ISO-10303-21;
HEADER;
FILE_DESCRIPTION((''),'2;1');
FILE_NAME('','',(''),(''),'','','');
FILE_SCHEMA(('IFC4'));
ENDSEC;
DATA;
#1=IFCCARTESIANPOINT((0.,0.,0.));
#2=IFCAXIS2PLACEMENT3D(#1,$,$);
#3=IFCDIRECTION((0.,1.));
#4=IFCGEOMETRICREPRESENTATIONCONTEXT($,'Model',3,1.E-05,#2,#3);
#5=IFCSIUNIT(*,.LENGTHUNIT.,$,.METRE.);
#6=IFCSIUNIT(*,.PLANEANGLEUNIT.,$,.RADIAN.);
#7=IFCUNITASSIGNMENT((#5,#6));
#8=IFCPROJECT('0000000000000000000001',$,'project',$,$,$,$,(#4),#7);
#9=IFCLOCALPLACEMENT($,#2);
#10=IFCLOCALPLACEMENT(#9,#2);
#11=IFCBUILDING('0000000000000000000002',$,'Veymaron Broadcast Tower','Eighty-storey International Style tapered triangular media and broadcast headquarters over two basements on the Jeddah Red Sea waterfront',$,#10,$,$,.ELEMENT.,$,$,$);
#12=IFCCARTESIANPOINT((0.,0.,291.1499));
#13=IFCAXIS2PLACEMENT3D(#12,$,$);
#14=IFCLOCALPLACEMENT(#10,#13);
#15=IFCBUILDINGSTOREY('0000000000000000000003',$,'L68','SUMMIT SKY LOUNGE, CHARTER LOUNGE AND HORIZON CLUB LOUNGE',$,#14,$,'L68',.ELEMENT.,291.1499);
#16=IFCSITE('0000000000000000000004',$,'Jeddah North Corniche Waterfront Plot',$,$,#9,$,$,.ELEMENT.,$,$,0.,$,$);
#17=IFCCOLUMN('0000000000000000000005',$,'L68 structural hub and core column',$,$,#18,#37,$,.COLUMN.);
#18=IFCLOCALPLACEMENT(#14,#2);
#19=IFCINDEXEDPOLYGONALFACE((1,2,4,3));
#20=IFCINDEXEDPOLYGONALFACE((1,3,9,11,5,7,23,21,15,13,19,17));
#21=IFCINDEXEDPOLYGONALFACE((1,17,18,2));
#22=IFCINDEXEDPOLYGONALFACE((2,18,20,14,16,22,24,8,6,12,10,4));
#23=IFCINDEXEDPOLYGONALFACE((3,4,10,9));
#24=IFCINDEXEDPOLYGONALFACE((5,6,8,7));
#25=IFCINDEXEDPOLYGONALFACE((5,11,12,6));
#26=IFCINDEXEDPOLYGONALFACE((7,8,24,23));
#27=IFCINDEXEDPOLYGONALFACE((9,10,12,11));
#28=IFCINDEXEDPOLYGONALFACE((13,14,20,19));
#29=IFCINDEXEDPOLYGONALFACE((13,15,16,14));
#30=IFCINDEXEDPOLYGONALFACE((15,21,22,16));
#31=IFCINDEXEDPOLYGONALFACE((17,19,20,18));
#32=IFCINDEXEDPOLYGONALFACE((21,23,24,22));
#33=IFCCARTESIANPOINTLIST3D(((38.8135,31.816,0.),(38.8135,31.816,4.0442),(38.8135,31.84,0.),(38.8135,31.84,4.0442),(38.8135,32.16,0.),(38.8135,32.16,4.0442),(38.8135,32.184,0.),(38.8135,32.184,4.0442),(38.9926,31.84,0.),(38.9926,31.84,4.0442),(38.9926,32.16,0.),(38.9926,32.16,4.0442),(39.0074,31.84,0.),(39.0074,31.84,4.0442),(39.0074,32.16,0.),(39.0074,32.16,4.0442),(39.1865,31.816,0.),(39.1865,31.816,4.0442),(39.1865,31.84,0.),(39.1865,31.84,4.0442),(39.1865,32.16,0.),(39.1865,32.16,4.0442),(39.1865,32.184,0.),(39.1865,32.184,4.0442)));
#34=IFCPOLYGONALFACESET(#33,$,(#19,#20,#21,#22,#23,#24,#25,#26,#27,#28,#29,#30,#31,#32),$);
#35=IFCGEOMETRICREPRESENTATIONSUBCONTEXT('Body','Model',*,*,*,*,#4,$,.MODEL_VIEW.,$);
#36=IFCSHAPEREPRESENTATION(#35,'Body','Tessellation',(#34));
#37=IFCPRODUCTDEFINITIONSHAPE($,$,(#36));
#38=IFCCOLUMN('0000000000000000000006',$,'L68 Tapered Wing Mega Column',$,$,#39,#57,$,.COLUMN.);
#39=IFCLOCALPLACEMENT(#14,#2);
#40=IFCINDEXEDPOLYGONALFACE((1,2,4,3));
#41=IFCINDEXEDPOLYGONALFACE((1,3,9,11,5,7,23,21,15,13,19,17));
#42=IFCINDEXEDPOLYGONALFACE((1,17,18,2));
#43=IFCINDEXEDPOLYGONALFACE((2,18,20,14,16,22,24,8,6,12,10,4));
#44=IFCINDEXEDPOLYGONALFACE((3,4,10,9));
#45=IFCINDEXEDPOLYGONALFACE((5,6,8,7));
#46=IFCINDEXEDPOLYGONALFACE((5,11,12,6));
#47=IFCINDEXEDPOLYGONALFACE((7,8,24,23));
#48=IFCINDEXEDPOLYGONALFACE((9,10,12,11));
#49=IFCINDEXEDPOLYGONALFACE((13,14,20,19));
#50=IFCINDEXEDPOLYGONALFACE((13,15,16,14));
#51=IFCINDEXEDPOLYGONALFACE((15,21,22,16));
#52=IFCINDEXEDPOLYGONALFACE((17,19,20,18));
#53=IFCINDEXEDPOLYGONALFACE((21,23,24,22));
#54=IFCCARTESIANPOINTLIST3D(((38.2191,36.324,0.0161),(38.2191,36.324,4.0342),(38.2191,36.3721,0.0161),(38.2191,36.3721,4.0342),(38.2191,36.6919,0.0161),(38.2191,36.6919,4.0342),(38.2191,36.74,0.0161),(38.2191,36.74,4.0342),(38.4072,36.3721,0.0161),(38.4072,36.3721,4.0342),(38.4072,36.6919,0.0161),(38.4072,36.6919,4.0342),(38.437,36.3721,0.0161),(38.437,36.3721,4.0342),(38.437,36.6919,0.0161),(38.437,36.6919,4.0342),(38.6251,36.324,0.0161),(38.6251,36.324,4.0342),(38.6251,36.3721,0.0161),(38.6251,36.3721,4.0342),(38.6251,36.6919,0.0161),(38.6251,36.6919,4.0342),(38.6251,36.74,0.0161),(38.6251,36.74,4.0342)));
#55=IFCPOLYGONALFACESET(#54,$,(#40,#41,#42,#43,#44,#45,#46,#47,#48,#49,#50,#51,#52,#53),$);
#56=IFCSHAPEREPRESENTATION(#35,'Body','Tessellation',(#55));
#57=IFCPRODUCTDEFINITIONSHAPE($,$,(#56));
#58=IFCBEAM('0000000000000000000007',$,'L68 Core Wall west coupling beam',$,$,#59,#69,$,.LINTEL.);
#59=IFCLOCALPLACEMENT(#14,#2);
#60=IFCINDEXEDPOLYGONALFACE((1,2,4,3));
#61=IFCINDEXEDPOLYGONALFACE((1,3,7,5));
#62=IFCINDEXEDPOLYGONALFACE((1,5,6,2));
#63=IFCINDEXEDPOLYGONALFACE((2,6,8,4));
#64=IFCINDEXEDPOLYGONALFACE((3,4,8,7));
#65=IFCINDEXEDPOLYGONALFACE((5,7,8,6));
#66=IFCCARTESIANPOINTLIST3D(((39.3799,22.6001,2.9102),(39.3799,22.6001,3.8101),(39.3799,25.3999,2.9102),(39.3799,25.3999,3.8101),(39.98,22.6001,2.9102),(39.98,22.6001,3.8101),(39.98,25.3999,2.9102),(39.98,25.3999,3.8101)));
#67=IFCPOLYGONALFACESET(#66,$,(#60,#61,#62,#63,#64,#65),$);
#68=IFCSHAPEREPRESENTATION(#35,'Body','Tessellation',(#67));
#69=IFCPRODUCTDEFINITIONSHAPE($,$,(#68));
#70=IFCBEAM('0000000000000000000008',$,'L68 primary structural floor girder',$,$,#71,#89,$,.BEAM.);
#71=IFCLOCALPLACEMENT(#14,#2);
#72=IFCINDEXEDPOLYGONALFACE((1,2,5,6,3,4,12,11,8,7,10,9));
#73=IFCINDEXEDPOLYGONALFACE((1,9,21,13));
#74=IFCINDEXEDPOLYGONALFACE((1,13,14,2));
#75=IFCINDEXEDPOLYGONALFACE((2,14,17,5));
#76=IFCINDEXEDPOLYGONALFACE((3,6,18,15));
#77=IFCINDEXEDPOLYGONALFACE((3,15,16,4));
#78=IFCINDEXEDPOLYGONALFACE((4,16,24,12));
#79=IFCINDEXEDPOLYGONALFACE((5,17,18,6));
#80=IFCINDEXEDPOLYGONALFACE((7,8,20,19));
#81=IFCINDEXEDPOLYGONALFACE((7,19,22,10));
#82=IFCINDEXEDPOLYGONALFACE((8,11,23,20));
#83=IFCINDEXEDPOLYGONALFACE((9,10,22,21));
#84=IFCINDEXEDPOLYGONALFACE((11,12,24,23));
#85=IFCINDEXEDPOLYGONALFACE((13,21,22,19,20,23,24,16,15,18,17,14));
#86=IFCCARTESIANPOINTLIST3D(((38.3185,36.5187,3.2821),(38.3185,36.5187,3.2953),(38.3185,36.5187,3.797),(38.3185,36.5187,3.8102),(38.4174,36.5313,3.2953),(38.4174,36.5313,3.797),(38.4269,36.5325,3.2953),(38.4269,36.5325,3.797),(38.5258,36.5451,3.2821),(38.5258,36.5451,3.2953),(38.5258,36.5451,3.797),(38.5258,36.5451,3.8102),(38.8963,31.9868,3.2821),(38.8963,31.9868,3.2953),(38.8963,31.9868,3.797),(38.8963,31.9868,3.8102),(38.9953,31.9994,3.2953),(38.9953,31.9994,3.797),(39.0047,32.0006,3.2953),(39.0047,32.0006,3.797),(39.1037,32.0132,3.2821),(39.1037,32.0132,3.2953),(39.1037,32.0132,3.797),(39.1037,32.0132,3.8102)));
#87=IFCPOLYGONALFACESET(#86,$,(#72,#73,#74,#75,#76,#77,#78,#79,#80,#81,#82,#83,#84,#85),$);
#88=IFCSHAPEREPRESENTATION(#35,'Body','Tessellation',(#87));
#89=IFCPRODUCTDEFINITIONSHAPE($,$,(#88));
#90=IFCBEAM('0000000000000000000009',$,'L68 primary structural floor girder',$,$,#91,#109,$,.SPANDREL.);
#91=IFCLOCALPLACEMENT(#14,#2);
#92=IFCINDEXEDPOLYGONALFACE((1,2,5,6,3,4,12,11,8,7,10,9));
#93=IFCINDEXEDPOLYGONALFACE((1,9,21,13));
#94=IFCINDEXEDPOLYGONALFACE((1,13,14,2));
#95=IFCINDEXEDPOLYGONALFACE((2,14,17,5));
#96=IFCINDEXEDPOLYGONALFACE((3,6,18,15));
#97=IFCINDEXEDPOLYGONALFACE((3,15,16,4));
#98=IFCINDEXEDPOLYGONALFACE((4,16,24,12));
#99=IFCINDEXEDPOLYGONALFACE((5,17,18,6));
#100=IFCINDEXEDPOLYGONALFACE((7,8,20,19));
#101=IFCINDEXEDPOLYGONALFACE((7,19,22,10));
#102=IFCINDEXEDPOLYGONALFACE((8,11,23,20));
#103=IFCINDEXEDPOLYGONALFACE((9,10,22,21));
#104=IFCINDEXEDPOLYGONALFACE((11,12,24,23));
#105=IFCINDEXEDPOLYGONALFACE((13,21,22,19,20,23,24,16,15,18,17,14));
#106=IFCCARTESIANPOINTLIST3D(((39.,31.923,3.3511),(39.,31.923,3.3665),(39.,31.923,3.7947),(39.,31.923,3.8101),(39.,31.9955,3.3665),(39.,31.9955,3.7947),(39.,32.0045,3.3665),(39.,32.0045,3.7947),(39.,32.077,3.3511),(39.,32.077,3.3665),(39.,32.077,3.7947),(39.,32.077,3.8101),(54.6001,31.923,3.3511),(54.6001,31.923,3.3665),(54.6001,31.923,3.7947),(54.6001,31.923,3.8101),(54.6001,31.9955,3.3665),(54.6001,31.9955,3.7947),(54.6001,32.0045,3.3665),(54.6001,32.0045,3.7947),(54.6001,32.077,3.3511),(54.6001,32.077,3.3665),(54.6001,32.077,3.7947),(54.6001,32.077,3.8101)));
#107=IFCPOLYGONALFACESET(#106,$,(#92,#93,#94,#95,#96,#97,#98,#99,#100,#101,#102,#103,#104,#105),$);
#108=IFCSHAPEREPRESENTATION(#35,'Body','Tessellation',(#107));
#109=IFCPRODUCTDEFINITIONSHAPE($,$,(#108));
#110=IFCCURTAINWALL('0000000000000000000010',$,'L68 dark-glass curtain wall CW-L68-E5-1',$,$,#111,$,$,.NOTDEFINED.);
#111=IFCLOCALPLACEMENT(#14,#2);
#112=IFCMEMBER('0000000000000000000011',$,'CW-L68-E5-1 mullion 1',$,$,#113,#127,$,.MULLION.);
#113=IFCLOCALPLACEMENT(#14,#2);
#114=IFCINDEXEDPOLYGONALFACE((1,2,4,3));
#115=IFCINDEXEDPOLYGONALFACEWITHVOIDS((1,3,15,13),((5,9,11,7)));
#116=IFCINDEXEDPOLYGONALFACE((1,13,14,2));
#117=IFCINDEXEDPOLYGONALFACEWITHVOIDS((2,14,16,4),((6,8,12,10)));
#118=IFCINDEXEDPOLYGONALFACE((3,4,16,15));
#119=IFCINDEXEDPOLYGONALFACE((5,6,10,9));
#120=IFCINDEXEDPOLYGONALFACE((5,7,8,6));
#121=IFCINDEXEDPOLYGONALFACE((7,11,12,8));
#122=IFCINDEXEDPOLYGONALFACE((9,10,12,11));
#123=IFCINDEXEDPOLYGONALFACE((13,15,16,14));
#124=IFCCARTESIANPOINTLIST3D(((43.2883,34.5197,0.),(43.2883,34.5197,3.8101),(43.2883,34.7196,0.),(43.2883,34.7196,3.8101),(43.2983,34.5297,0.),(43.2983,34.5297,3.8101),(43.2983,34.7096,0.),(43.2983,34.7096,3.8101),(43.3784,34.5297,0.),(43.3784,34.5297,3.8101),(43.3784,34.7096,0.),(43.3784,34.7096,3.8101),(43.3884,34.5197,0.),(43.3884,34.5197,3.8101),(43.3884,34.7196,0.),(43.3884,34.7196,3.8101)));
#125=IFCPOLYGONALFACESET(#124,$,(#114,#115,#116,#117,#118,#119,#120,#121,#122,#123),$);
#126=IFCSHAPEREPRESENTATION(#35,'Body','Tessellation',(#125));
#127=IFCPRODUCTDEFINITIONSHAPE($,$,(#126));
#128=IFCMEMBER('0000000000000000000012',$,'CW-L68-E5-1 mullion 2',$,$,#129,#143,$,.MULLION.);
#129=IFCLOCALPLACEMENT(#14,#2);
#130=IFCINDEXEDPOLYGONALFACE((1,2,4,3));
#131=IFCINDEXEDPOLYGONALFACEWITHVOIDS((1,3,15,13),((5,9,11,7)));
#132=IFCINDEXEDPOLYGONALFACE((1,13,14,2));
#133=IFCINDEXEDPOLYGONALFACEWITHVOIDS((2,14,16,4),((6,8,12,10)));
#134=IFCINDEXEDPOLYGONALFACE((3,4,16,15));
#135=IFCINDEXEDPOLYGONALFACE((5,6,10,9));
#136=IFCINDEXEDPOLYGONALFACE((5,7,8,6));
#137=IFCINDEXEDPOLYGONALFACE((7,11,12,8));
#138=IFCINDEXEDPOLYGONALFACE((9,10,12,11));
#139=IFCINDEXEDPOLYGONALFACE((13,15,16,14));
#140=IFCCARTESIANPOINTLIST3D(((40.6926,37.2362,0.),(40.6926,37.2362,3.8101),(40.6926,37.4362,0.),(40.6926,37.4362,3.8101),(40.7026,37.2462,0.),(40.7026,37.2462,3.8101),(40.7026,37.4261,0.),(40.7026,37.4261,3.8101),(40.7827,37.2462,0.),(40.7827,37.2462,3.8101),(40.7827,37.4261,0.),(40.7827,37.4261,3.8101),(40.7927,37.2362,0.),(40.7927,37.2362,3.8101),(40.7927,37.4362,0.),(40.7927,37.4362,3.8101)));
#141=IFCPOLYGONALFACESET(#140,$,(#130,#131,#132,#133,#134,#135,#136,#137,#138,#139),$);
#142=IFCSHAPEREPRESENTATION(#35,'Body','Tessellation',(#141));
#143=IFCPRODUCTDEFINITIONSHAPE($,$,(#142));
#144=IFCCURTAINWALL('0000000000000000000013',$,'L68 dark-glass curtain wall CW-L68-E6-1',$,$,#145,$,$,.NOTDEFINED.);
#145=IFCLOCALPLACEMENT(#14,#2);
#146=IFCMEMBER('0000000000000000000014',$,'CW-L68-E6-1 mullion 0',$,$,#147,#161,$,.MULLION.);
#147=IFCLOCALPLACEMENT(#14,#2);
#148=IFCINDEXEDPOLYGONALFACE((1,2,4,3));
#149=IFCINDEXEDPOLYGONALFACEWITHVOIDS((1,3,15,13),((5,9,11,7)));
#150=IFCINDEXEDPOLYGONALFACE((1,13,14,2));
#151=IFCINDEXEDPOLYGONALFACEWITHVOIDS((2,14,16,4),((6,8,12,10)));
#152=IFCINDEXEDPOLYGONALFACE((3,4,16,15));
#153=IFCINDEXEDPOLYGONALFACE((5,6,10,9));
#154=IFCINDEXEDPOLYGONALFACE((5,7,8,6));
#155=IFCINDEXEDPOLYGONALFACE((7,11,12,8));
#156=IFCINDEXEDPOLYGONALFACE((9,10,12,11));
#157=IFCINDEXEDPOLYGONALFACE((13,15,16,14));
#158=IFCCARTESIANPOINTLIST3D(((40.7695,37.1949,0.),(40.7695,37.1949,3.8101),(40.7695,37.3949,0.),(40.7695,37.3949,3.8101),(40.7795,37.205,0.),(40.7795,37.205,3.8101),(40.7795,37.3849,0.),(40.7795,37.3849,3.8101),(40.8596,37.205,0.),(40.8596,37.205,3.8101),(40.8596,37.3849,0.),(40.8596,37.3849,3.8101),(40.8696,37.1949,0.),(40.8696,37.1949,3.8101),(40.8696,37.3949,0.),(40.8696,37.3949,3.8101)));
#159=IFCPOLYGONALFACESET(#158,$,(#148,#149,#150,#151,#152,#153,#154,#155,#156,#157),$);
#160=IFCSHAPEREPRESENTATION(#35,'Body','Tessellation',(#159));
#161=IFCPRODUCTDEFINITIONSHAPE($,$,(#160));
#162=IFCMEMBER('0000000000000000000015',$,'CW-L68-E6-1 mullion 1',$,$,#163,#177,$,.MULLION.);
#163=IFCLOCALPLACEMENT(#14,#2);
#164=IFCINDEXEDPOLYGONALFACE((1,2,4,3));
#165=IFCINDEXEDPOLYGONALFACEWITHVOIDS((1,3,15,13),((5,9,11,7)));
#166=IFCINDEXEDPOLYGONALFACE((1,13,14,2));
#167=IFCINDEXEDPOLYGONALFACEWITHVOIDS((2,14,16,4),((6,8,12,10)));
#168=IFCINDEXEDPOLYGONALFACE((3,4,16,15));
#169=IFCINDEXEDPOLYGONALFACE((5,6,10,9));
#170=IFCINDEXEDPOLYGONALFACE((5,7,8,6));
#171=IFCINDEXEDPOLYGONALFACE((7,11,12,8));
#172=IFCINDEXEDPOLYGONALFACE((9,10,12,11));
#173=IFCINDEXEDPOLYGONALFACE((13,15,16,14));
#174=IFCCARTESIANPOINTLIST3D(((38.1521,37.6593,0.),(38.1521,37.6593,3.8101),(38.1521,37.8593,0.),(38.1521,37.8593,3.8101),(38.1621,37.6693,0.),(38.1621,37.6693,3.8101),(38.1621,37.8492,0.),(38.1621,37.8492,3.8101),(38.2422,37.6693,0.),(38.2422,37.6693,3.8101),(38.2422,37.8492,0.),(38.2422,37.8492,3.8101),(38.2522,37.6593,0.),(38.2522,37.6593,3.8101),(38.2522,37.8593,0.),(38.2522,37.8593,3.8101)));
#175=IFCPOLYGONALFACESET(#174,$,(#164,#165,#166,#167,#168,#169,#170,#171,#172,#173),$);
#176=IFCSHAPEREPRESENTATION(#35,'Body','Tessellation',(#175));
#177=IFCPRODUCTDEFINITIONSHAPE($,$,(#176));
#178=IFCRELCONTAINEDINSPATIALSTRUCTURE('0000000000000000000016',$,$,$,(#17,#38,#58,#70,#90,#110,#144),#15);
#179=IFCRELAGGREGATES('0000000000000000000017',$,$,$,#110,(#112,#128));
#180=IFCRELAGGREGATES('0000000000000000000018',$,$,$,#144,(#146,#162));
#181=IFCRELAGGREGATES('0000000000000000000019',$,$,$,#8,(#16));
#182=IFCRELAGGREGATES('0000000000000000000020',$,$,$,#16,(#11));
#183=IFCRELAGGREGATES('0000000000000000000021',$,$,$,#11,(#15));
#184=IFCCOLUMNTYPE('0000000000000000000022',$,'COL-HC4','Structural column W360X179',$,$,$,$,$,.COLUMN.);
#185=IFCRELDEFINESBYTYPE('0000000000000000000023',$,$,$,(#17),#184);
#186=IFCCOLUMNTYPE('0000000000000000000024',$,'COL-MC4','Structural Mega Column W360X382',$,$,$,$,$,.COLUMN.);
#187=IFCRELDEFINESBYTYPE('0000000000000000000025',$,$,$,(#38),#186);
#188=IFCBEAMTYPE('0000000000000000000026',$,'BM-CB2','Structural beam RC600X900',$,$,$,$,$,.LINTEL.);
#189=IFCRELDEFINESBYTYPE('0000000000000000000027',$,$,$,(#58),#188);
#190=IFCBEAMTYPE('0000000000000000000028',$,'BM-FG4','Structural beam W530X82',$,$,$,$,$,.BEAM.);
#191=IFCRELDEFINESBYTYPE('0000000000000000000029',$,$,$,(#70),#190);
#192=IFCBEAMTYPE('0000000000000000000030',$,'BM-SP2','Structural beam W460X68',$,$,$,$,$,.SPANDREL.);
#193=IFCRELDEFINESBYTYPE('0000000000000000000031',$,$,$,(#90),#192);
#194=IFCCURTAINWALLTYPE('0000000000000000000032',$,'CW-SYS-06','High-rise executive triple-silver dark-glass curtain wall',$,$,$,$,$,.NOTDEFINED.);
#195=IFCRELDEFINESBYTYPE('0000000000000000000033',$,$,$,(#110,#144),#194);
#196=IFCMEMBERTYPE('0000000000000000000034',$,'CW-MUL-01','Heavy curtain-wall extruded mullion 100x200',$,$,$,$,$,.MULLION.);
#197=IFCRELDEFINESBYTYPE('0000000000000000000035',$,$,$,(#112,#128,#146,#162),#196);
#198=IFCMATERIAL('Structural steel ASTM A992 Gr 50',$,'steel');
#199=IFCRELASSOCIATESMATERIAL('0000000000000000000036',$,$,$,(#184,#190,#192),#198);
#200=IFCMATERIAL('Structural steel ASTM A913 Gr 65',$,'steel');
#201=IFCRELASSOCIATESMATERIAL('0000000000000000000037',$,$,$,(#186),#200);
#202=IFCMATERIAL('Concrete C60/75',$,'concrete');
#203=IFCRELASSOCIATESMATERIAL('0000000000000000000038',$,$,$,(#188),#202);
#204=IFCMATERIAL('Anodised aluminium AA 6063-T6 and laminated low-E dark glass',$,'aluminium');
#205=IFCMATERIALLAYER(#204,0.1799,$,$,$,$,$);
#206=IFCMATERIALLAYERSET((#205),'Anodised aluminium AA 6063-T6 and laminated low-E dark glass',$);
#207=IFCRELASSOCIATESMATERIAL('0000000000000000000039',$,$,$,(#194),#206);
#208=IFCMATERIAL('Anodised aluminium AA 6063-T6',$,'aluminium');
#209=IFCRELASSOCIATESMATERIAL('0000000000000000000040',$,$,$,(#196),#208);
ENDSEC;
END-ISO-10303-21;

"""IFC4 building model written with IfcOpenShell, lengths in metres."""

from ifc_helpers import new_model, si_unit, direction, frame, origin, origin_2d, place, context, subcontext, project, spatial, rectangle, hollow_rectangle, i_section, extrude, material, layer, layer_set, material_profile, profile_set, type_object, element, aggregate, save


model = new_model("IFC4")

# Units and contexts
model_context = context("Model", 3, precision=1e-05, world=origin(), true_north=direction((0.0, 1.0)))
body_context = subcontext(model_context, "Body", "Model", "MODEL_VIEW")
ifc_project = project(units=[si_unit("LENGTHUNIT", "METRE"), si_unit("PLANEANGLEUNIT", "RADIAN")], contexts=[model_context])

# Site, building, storey
site_placement = place(None, origin())
site = spatial("IfcSite", under=ifc_project, at=site_placement, Name="Jeddah North Corniche Waterfront Plot", CompositionType="ELEMENT", RefElevation=0.0)
building_placement = place(site_placement, origin())
building = spatial("IfcBuilding", under=site, at=building_placement, Name="Veymaron Broadcast Tower", Description="Eighty-storey International Style tapered triangular media and broadcast headquarters over two basements on the Jeddah Red Sea waterfront", CompositionType="ELEMENT")
storey_placement = place(building_placement, frame((0.0, 0.0, 291.1499)))
storey = spatial("IfcBuildingStorey", under=building, at=storey_placement, Name="L68", Description="SUMMIT SKY LOUNGE, CHARTER LOUNGE AND HORIZON CLUB LOUNGE", LongName="L68", CompositionType="ELEMENT", Elevation=291.1499)

# Columns
ifc_material_1 = material(Name="Structural steel ASTM A992 Gr 50", Category="steel")
ifc_material_profile_1 = material_profile(ifc_material_1, i_section(OverallWidth=0.373, OverallDepth=0.3679, WebThickness=0.0149, FlangeThickness=0.0239, at=origin_2d()), Name="W360X179")
ifc_profile_set_1 = profile_set([ifc_material_profile_1], Name="Structural steel ASTM A992 Gr 50")
column_type_1 = type_object("IfcColumnType", Name="COL-HC4", Description="Structural column W360X179", PredefinedType="COLUMN", material=ifc_profile_set_1)
column_1_placement = place(storey_placement, frame((39.0, 32.0, 0.0), z_axis=(0.0, 0.0, 1.0), x_axis=(1.0, 0.0, 0.0)))
element("IfcColumn", 1, at=column_1_placement, inside=storey, type_object=column_type_1, Name="L68 structural hub and core column", PredefinedType="COLUMN", context=body_context, shape_type="SweptSolid", body=[
    extrude(i_section(OverallWidth=0.373, OverallDepth=0.3679, WebThickness=0.0149, FlangeThickness=0.0239, at=origin_2d()), origin(), (0.0, 0.0, 1.0), 4.0442),
])
ifc_material_2 = material(Name="Structural steel ASTM A913 Gr 65", Category="steel")
ifc_material_profile_2 = material_profile(ifc_material_2, i_section(OverallWidth=0.406, OverallDepth=0.416, WebThickness=0.0298, FlangeThickness=0.0481, at=origin_2d()), Name="W360X382")
ifc_profile_set_2 = profile_set([ifc_material_profile_2], Name="Structural steel ASTM A913 Gr 65")
column_type_2 = type_object("IfcColumnType", Name="COL-MC4", Description="Structural Mega Column W360X382", PredefinedType="COLUMN", material=ifc_profile_set_2)
column_2_placement = place(storey_placement, frame((38.4221, 36.532, 0.0161), z_axis=(0.0, 0.0, 1.0), x_axis=(1.0, 0.0, 0.0)))
element("IfcColumn", 2, at=column_2_placement, inside=storey, type_object=column_type_2, Name="L68 Tapered Wing Mega Column", PredefinedType="COLUMN", context=body_context, shape_type="SweptSolid", body=[
    extrude(i_section(OverallWidth=0.406, OverallDepth=0.416, WebThickness=0.0298, FlangeThickness=0.0481, at=origin_2d()), origin(), (0.0, 0.0, 1.0), 4.0181),
])

# Beams
ifc_material_3 = material(Name="Concrete C60/75", Category="concrete")
ifc_material_profile_3 = material_profile(ifc_material_3, rectangle(XDim=0.6001, YDim=0.8999, at=origin_2d()), Name="RC600X900")
ifc_profile_set_3 = profile_set([ifc_material_profile_3], Name="Concrete C60/75")
beam_type_1 = type_object("IfcBeamType", Name="BM-CB2", Description="Structural beam RC600X900", PredefinedType="LINTEL", material=ifc_profile_set_3)
beam_1_placement = place(storey_placement, frame((39.6799, 22.6001, 3.3601), z_axis=(0.0, 1.0, 0.0), x_axis=(-1.0, 0.0, 0.0)))
element("IfcBeam", 3, at=beam_1_placement, inside=storey, type_object=beam_type_1, Name="L68 Core Wall west coupling beam", PredefinedType="LINTEL", context=body_context, shape_type="SweptSolid", body=[
    extrude(rectangle(XDim=0.6001, YDim=0.8999, at=origin_2d()), origin(), (0.0, 0.0, 1.0), 2.7998),
])
ifc_material_profile_4 = material_profile(ifc_material_1, i_section(OverallWidth=0.209, OverallDepth=0.5281, WebThickness=0.0095, FlangeThickness=0.0132, at=origin_2d()), Name="W530X82")
ifc_profile_set_4 = profile_set([ifc_material_profile_4], Name="Structural steel ASTM A992 Gr 50")
beam_type_2 = type_object("IfcBeamType", Name="BM-FG4", Description="Structural beam W530X82", PredefinedType="BEAM", material=ifc_profile_set_4)
beam_2_placement = place(storey_placement, frame((39.0, 32.0, 3.5461), z_axis=(-0.126488, 0.991968, 0.0), x_axis=(-0.991968, -0.126488, 0.0)))
element("IfcBeam", 4, at=beam_2_placement, inside=storey, type_object=beam_type_2, Name="L68 primary structural floor girder", PredefinedType="BEAM", context=body_context, shape_type="SweptSolid", body=[
    extrude(i_section(OverallWidth=0.209, OverallDepth=0.5281, WebThickness=0.0095, FlangeThickness=0.0132, at=origin_2d()), origin(), (0.0, 0.0, 1.0), 4.5686),
])
ifc_material_profile_5 = material_profile(ifc_material_1, i_section(OverallWidth=0.1541, OverallDepth=0.459, WebThickness=0.009, FlangeThickness=0.0154, at=origin_2d()), Name="W460X68")
ifc_profile_set_5 = profile_set([ifc_material_profile_5], Name="Structural steel ASTM A992 Gr 50")
beam_type_3 = type_object("IfcBeamType", Name="BM-SP2", Description="Structural beam W460X68", PredefinedType="SPANDREL", material=ifc_profile_set_5)
beam_3_placement = place(storey_placement, frame((39.0, 32.0, 3.5806), z_axis=(1.0, 0.0, 0.0), x_axis=(0.0, 1.0, 0.0)))
element("IfcBeam", 5, at=beam_3_placement, inside=storey, type_object=beam_type_3, Name="L68 primary structural floor girder", PredefinedType="SPANDREL", context=body_context, shape_type="SweptSolid", body=[
    extrude(i_section(OverallWidth=0.1541, OverallDepth=0.459, WebThickness=0.009, FlangeThickness=0.0154, at=origin_2d()), origin(), (0.0, 0.0, 1.0), 15.6001),
])

# Curtain walls, members
ifc_material_4 = material(Name="Anodised aluminium AA 6063-T6 and laminated low-E dark glass", Category="aluminium")
ifc_layer_1 = layer(ifc_material_4, 0.1799)
ifc_layer_set_1 = layer_set([ifc_layer_1], Name="Anodised aluminium AA 6063-T6 and laminated low-E dark glass")
curtain_wall_type = type_object("IfcCurtainWallType", Name="CW-SYS-06", Description="High-rise executive triple-silver dark-glass curtain wall", PredefinedType="NOTDEFINED", material=ifc_layer_set_1)
curtain_wall_1_placement = place(storey_placement, origin())
curtain_wall_1 = element("IfcCurtainWall", 6, at=curtain_wall_1_placement, inside=storey, type_object=curtain_wall_type, Name="L68 dark-glass curtain wall CW-L68-E5-1", PredefinedType="NOTDEFINED")
ifc_material_5 = material(Name="Anodised aluminium AA 6063-T6", Category="aluminium")
ifc_material_profile_6 = material_profile(ifc_material_5, hollow_rectangle(XDim=0.1001, YDim=0.2, WallThickness=0.01, at=origin_2d()), Name="RHS200X100X10")
ifc_profile_set_6 = profile_set([ifc_material_profile_6], Name="Anodised aluminium AA 6063-T6")
member_type_1 = type_object("IfcMemberType", Name="CW-MUL-01", Description="Heavy curtain-wall extruded mullion 100x200", PredefinedType="MULLION", material=ifc_profile_set_6)
member_1_placement = place(storey_placement, frame((43.3384, 34.6196, 0.0), z_axis=(0.0, 0.0, 1.0), x_axis=(1.0, 0.0, 0.0)))
member_1 = element("IfcMember", 7, at=member_1_placement, type_object=member_type_1, Name="CW-L68-E5-1 mullion 1", PredefinedType="MULLION", context=body_context, shape_type="SweptSolid", body=[
    extrude(hollow_rectangle(XDim=0.1001, YDim=0.2, WallThickness=0.01, at=origin_2d()), origin(), (0.0, 0.0, 1.0), 3.8101),
])
member_2_placement = place(storey_placement, frame((40.7427, 37.3362, 0.0), z_axis=(0.0, 0.0, 1.0), x_axis=(1.0, 0.0, 0.0)))
member_2 = element("IfcMember", 8, at=member_2_placement, type_object=member_type_1, Name="CW-L68-E5-1 mullion 2", PredefinedType="MULLION", context=body_context, shape_type="SweptSolid", body=[
    extrude(hollow_rectangle(XDim=0.1001, YDim=0.2, WallThickness=0.01, at=origin_2d()), origin(), (0.0, 0.0, 1.0), 3.8101),
])
curtain_wall_2_placement = place(storey_placement, origin())
curtain_wall_2 = element("IfcCurtainWall", 9, at=curtain_wall_2_placement, inside=storey, type_object=curtain_wall_type, Name="L68 dark-glass curtain wall CW-L68-E6-1", PredefinedType="NOTDEFINED")
member_3_placement = place(storey_placement, frame((40.8196, 37.2949, 0.0), z_axis=(0.0, 0.0, 1.0), x_axis=(1.0, 0.0, 0.0)))
member_3 = element("IfcMember", 10, at=member_3_placement, type_object=member_type_1, Name="CW-L68-E6-1 mullion 0", PredefinedType="MULLION", context=body_context, shape_type="SweptSolid", body=[
    extrude(hollow_rectangle(XDim=0.1001, YDim=0.2, WallThickness=0.01, at=origin_2d()), origin(), (0.0, 0.0, 1.0), 3.8101),
])
member_4_placement = place(storey_placement, frame((38.2021, 37.7593, 0.0), z_axis=(0.0, 0.0, 1.0), x_axis=(1.0, 0.0, 0.0)))
member_4 = element("IfcMember", 11, at=member_4_placement, type_object=member_type_1, Name="CW-L68-E6-1 mullion 1", PredefinedType="MULLION", context=body_context, shape_type="SweptSolid", body=[
    extrude(hollow_rectangle(XDim=0.1001, YDim=0.2, WallThickness=0.01, at=origin_2d()), origin(), (0.0, 0.0, 1.0), 3.8101),
])

aggregate(curtain_wall_1, [member_1, member_2])
aggregate(curtain_wall_2, [member_3, member_4])

save(model, "model.ifc")
